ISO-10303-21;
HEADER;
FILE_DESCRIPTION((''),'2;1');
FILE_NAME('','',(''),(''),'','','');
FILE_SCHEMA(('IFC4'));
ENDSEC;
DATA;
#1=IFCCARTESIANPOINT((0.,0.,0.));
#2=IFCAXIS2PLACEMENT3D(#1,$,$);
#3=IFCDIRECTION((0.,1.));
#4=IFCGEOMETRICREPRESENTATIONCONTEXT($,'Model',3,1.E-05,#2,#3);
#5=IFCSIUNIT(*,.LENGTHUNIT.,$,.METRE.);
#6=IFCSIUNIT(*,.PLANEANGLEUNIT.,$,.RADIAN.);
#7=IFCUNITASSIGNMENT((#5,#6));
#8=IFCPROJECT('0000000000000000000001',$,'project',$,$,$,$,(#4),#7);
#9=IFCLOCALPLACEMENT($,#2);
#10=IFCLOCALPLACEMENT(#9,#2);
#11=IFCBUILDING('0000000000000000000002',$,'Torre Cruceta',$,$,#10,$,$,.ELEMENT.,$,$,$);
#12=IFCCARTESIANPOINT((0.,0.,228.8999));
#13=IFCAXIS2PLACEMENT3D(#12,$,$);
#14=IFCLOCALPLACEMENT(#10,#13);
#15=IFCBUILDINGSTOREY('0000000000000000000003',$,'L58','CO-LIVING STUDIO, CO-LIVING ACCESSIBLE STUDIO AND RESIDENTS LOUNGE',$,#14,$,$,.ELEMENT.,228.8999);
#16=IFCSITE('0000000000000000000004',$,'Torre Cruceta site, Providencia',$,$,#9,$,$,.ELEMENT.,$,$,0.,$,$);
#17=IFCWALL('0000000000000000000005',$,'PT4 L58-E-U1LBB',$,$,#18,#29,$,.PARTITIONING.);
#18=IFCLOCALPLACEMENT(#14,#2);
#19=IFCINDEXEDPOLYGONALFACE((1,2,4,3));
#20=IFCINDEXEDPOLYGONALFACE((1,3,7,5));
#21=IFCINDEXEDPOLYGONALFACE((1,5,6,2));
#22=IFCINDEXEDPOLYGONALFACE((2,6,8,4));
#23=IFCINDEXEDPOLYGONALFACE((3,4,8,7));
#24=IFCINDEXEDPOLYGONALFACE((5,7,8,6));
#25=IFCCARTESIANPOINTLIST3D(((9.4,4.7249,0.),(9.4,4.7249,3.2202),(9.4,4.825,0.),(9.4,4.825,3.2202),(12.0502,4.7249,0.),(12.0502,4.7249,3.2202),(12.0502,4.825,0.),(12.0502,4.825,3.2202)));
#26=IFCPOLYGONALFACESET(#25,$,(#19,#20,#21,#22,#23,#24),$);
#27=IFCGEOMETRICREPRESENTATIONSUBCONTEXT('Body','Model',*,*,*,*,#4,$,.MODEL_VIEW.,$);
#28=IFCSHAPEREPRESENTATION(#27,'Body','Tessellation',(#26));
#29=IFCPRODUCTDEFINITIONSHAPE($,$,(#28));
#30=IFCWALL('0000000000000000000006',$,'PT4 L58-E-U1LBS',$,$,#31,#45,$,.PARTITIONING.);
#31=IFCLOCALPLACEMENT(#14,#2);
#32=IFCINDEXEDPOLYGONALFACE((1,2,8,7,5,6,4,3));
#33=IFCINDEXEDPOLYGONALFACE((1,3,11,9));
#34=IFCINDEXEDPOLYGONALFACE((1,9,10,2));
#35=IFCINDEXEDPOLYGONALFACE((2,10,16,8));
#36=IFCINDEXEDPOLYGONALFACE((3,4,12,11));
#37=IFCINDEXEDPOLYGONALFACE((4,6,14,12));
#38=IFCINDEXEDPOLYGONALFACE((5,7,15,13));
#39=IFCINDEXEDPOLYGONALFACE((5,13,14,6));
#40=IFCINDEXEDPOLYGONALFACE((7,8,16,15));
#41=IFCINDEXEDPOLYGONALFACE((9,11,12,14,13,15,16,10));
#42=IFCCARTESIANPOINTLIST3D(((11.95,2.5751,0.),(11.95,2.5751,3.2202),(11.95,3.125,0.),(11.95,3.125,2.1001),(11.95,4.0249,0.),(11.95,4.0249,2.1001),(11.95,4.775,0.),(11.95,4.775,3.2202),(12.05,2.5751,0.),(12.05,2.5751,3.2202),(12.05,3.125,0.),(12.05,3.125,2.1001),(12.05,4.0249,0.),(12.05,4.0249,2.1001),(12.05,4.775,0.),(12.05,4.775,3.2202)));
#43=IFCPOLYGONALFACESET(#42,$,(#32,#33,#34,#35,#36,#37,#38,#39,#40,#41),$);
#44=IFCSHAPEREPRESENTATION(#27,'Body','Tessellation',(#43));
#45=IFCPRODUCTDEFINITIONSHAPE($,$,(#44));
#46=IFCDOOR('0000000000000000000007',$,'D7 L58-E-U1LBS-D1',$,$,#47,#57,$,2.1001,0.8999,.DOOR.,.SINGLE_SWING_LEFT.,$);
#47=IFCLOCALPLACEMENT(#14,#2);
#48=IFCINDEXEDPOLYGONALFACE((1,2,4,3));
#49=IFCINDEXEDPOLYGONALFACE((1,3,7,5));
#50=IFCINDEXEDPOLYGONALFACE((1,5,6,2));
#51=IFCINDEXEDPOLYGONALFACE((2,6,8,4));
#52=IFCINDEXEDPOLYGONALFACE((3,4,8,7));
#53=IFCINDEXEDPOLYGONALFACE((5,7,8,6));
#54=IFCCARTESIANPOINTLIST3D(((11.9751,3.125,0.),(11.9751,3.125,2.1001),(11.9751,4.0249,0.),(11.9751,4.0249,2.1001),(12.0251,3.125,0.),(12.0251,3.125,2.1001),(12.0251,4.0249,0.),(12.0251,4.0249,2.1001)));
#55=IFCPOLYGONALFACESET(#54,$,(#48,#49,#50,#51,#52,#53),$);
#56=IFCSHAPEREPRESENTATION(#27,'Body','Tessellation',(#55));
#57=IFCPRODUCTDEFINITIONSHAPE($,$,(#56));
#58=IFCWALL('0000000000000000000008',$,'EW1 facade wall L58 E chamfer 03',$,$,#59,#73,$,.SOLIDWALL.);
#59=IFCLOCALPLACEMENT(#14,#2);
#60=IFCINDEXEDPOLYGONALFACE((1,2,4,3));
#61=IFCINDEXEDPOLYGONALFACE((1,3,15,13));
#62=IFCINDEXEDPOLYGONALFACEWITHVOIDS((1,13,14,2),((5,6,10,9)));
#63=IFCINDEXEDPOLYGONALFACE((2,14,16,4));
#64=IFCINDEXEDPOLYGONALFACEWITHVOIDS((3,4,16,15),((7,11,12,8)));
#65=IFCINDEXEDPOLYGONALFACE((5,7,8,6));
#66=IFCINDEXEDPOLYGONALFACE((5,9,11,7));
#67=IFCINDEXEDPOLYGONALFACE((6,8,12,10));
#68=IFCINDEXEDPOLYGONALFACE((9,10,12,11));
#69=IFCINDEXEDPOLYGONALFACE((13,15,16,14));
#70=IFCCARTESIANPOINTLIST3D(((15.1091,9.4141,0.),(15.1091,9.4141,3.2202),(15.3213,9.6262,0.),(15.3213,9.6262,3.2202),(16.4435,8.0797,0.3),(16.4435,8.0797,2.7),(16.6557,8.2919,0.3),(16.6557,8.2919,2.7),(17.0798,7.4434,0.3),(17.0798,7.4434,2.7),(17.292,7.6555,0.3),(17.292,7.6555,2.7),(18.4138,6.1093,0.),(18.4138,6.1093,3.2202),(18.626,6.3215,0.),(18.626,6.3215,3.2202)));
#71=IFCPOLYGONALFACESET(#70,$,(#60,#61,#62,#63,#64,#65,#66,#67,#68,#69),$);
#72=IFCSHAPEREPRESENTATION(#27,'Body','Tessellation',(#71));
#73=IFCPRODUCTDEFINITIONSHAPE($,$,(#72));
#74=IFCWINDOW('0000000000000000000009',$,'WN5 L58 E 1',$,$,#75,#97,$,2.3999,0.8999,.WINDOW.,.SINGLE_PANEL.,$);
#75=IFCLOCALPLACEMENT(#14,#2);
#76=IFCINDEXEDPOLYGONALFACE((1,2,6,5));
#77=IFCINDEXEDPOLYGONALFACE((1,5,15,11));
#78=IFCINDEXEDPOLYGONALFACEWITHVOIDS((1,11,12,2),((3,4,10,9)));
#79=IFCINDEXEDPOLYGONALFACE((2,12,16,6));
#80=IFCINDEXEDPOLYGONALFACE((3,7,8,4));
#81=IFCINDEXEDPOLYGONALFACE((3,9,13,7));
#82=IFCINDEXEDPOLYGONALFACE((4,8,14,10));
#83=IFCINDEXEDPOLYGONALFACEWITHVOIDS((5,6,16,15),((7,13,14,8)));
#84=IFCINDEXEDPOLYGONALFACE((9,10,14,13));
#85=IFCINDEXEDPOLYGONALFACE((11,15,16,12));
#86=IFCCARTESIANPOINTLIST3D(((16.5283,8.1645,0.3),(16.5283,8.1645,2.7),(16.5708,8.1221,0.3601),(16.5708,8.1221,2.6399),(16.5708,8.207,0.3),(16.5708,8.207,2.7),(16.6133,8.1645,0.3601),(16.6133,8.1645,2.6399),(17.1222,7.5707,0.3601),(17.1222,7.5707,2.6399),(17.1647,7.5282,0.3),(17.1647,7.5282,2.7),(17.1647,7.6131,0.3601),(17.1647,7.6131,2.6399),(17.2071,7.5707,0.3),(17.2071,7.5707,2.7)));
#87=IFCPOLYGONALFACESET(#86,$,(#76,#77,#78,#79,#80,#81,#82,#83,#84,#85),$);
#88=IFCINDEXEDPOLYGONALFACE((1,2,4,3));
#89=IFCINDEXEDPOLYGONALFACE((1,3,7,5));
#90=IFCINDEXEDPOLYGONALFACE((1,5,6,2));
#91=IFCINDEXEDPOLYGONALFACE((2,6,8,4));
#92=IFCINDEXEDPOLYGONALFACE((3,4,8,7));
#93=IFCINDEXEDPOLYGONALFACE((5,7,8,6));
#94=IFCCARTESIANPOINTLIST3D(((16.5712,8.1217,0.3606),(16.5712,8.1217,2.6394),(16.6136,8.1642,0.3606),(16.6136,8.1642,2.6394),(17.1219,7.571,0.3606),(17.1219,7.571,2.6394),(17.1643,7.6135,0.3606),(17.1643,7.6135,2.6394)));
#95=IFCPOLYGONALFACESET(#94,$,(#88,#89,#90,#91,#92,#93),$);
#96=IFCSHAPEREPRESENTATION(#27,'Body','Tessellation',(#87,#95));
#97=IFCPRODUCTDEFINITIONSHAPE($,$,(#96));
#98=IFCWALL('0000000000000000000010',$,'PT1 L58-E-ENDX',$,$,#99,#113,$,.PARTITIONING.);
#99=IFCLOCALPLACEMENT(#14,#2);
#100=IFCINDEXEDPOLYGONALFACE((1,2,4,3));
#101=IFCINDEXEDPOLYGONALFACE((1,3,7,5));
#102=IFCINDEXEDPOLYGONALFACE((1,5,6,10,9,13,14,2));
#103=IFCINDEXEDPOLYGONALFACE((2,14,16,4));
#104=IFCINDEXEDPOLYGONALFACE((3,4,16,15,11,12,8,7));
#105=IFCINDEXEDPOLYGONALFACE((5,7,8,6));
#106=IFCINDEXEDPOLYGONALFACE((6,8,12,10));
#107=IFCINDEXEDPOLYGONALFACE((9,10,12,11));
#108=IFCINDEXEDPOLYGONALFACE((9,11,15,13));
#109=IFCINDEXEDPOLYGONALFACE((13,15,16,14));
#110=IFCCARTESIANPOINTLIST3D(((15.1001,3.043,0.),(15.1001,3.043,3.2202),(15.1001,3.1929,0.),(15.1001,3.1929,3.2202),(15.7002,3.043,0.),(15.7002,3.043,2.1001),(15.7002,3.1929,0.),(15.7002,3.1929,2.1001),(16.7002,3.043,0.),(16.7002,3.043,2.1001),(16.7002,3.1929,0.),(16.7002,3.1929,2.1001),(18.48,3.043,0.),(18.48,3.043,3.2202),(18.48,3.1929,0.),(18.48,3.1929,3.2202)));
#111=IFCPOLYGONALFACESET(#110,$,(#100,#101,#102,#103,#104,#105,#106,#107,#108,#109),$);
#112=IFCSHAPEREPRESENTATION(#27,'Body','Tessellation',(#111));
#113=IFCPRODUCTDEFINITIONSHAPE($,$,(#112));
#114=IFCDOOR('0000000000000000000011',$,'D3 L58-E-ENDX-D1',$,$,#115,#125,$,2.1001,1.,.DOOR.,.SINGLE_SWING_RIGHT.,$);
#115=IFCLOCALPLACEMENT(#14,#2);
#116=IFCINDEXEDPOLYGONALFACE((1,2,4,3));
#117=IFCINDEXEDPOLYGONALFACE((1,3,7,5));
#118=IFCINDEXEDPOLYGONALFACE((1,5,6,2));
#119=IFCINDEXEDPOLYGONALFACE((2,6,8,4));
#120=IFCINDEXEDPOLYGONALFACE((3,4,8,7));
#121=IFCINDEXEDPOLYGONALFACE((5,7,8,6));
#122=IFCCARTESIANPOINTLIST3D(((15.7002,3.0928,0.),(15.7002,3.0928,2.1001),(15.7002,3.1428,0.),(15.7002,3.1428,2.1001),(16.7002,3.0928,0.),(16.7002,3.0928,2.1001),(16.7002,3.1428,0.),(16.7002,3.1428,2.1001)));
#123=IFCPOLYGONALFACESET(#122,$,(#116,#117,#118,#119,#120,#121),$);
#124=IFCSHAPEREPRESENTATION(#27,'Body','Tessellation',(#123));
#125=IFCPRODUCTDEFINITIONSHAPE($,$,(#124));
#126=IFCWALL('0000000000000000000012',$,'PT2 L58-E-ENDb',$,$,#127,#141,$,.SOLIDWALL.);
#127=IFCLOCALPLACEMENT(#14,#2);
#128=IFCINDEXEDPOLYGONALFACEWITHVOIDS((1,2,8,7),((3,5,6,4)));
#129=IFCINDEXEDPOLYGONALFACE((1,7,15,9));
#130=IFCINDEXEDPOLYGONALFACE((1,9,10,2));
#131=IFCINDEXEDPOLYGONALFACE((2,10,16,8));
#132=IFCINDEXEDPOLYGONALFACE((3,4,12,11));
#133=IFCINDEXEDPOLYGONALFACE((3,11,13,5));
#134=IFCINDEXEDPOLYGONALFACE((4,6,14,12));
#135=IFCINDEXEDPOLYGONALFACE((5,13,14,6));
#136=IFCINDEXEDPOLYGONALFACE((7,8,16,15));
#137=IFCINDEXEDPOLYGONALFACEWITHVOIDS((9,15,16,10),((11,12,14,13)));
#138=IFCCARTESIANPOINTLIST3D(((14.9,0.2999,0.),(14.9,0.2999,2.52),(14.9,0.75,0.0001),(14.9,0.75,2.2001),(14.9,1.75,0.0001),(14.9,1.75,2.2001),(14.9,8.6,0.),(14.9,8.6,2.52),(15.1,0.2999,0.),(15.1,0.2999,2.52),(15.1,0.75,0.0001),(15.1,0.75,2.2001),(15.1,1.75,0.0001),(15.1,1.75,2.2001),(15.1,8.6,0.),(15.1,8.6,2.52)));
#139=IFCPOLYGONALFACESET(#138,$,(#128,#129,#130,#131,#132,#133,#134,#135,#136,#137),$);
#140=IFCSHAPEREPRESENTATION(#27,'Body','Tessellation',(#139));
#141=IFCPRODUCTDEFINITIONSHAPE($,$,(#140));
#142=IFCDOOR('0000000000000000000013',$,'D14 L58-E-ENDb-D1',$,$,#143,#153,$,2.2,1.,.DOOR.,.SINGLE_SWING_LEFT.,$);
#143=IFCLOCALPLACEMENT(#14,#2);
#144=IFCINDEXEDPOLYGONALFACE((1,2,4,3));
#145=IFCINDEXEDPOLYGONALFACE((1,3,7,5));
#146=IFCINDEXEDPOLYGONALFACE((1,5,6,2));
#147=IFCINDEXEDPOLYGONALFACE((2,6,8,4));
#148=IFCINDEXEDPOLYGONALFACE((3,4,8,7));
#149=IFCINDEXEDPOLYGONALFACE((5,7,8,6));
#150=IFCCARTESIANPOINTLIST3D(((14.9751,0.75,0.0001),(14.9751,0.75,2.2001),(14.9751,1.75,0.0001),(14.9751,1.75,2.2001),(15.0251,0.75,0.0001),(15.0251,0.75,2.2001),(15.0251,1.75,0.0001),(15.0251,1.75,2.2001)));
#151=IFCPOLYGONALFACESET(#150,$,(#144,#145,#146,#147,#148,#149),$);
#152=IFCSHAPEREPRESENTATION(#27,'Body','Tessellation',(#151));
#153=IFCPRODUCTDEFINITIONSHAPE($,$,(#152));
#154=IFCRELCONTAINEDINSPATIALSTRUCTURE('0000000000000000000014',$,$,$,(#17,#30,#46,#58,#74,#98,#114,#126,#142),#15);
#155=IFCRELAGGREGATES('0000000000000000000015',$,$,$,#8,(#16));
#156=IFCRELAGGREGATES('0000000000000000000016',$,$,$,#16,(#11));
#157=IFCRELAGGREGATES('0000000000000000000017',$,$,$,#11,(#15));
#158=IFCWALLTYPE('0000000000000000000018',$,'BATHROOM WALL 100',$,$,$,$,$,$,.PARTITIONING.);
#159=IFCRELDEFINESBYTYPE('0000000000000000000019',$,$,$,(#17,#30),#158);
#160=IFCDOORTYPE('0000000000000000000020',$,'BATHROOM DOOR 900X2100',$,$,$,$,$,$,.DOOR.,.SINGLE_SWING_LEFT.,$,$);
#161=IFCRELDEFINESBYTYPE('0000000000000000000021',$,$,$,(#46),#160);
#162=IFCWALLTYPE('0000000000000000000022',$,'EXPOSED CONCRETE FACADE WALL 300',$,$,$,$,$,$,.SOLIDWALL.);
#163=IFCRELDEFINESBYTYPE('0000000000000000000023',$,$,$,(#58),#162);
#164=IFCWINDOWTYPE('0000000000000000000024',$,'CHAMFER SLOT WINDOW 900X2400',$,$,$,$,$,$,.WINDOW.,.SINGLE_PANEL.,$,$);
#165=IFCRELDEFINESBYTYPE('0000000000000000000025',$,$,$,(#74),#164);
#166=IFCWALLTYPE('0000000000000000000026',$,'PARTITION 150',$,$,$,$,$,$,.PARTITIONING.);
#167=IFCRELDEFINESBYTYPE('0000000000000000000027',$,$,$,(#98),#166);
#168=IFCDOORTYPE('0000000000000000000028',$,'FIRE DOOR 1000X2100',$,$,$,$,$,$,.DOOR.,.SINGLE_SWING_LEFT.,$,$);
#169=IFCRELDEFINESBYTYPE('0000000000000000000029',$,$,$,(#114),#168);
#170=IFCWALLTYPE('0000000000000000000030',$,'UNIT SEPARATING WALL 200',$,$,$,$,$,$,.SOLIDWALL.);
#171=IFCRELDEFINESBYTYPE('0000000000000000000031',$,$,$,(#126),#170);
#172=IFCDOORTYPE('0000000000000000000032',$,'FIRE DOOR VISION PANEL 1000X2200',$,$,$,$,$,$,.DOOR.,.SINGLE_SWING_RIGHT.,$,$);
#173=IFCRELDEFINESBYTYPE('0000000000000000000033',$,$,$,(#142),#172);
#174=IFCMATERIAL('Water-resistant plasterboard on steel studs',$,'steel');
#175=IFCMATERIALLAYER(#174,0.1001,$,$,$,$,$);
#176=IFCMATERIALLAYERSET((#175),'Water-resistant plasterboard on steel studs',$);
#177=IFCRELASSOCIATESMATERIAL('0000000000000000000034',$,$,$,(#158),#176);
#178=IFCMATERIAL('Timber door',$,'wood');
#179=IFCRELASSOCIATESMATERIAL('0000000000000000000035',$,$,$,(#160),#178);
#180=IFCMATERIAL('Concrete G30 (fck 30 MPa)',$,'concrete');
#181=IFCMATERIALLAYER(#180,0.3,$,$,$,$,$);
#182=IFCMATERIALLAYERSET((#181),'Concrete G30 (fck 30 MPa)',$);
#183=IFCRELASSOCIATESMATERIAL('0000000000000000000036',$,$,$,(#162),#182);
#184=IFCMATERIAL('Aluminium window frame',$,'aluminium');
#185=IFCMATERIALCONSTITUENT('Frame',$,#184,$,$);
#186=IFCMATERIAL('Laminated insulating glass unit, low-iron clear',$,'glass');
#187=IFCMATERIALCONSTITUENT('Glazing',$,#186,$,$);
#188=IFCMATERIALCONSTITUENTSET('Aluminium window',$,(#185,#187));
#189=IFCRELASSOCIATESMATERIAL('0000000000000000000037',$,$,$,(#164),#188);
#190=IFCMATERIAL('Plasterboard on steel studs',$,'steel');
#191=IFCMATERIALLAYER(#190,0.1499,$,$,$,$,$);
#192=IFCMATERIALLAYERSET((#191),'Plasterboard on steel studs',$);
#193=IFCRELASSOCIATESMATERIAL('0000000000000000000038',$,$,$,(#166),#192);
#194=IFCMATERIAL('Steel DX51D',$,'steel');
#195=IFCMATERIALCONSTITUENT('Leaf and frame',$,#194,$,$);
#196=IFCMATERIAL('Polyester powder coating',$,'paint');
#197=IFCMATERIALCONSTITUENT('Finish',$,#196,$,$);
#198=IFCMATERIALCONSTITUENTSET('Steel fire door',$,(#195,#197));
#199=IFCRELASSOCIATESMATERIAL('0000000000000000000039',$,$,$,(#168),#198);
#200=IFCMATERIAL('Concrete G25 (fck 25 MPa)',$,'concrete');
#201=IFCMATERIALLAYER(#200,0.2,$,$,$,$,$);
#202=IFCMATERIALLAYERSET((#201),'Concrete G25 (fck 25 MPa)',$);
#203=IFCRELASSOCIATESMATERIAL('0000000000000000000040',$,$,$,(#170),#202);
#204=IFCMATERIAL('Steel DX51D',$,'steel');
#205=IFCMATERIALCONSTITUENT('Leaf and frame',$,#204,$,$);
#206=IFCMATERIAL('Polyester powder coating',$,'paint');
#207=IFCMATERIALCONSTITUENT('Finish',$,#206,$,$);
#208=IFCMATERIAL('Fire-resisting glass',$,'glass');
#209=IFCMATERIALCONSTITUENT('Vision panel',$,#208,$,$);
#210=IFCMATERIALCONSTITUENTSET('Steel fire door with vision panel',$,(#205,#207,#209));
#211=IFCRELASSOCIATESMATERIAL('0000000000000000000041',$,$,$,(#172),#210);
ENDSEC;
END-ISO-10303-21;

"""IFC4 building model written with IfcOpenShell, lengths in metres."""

from ifc_helpers import new_model, si_unit, direction, frame, frame_2d, origin, place, context, subcontext, project, spatial, rectangle, hollow_rectangle, extrude, material, layer, layer_set, constituent, constituent_set, type_object, element, fill, save


model = new_model("IFC4")

# Units and contexts
model_context = context("Model", 3, precision=1e-05, world=origin(), true_north=direction((0.0, 1.0)))
body_context = subcontext(model_context, "Body", "Model", "MODEL_VIEW")
ifc_project = project(units=[si_unit("LENGTHUNIT", "METRE"), si_unit("PLANEANGLEUNIT", "RADIAN")], contexts=[model_context])

# Site, building, storey
site_placement = place(None, origin())
site = spatial("IfcSite", under=ifc_project, at=site_placement, Name="Torre Cruceta site, Providencia", CompositionType="ELEMENT", RefElevation=0.0)
building_placement = place(site_placement, origin())
building = spatial("IfcBuilding", under=site, at=building_placement, Name="Torre Cruceta", CompositionType="ELEMENT")
storey_placement = place(building_placement, frame((0.0, 0.0, 228.8999)))
storey = spatial("IfcBuildingStorey", under=building, at=storey_placement, Name="L58", Description="CO-LIVING STUDIO, CO-LIVING ACCESSIBLE STUDIO AND RESIDENTS LOUNGE", CompositionType="ELEMENT", Elevation=228.8999)

# Wall
ifc_material_1 = material(Name="Water-resistant plasterboard on steel studs", Category="steel")
ifc_layer_1 = layer(ifc_material_1, 0.1001)
ifc_layer_set_1 = layer_set([ifc_layer_1], Name="Water-resistant plasterboard on steel studs")
wall_type_1 = type_object("IfcWallType", Name="BATHROOM WALL 100", PredefinedType="PARTITIONING", material=ifc_layer_set_1)
wall_1_placement = place(storey_placement, frame((9.3999, 4.7749, 0.0), z_axis=(0.0, 0.0, 1.0), x_axis=(1.0, 0.0, 0.0)))
element("IfcWall", 1, at=wall_1_placement, inside=storey, type_object=wall_type_1, Name="PT4 L58-E-U1LBB", PredefinedType="PARTITIONING", context=body_context, shape_type="SweptSolid", body=[
    extrude(rectangle(XDim=2.6501, YDim=0.1001, at=frame_2d((1.3252, 0.0))), origin(), (0.0, 0.0, 1.0), 3.2202),
])

# Wall, opening, door
wall_2_placement = place(storey_placement, frame((12.0, 2.575, 0.0), z_axis=(0.0, 0.0, 1.0), x_axis=(0.0, 1.0, 0.0)))
wall_2 = element("IfcWall", 2, at=wall_2_placement, inside=storey, type_object=wall_type_1, Name="PT4 L58-E-U1LBS", PredefinedType="PARTITIONING", context=body_context, shape_type="SweptSolid", body=[
    extrude(rectangle(XDim=2.2, YDim=0.1001, at=frame_2d((1.1001, 0.0))), origin(), (0.0, 0.0, 1.0), 3.2202),
])
opening_1_placement = place(wall_2_placement, frame((0.55, 0.0, 0.0)))
opening_1 = element("IfcOpeningElement", 3, at=opening_1_placement, cuts=wall_2, PredefinedType="OPENING", context=body_context, shape_type="SweptSolid", body=[
    extrude(rectangle(XDim=0.8999, YDim=2.1001, at=frame_2d((0.45, 1.05))), frame((0.0, 0.0601, 0.0), z_axis=(0.0, -1.0, 0.0), x_axis=(1.0, 0.0, 0.0)), (0.0, 0.0, 1.0), 0.1201),
])
ifc_material_2 = material(Name="Timber door", Category="wood")
door_type_1 = type_object("IfcDoorType", Name="BATHROOM DOOR 900X2100", OperationType="SINGLE_SWING_LEFT", PredefinedType="DOOR", material=ifc_material_2)
door_1_placement = place(opening_1_placement, origin())
door_1 = element("IfcDoor", 4, at=door_1_placement, inside=storey, type_object=door_type_1, Name="D7 L58-E-U1LBS-D1", OperationType="SINGLE_SWING_LEFT", OverallHeight=2.1001, OverallWidth=0.8999, PredefinedType="DOOR", context=body_context, shape_type="SweptSolid", body=[
    extrude(rectangle(XDim=0.8999, YDim=2.1001, at=frame_2d((0.45, 1.05))), frame((0.0, 0.0249, 0.0), z_axis=(0.0, -1.0, 0.0), x_axis=(1.0, 0.0, 0.0)), (0.0, 0.0, 1.0), 0.05),
])
fill(opening_1, door_1)

# Wall, opening, window
ifc_material_3 = material(Name="Concrete G30 (fck 30 MPa)", Category="concrete")
ifc_layer_2 = layer(ifc_material_3, 0.3)
ifc_layer_set_2 = layer_set([ifc_layer_2], Name="Concrete G30 (fck 30 MPa)")
wall_type_2 = type_object("IfcWallType", Name="EXPOSED CONCRETE FACADE WALL 300", PredefinedType="SOLIDWALL", material=ifc_layer_set_2)
wall_3_placement = place(storey_placement, frame((18.52, 6.2153, 0.0), z_axis=(0.0, 0.0, 1.0), x_axis=(-0.707107, 0.707107, 0.0)))
wall_3 = element("IfcWall", 5, at=wall_3_placement, inside=storey, type_object=wall_type_2, Name="EW1 facade wall L58 E chamfer 03", PredefinedType="SOLIDWALL", context=body_context, shape_type="SweptSolid", body=[
    extrude(rectangle(XDim=4.6736, YDim=0.3, at=frame_2d((2.3369, 0.0))), origin(), (0.0, 0.0, 1.0), 3.2202),
])
opening_2_placement = place(wall_3_placement, frame((1.8867, 0.0, 0.3)))
opening_2 = element("IfcOpeningElement", 6, at=opening_2_placement, cuts=wall_3, PredefinedType="OPENING", context=body_context, shape_type="SweptSolid", body=[
    extrude(rectangle(XDim=0.8999, YDim=2.3999, at=frame_2d((0.45, 1.2))), frame((0.0, 0.1599, 0.0), z_axis=(0.0, -1.0, 0.0), x_axis=(1.0, 0.0, 0.0)), (0.0, 0.0, 1.0), 0.3201),
])
ifc_material_4 = material(Name="Aluminium window frame", Category="aluminium")
ifc_constituent_1 = constituent(ifc_material_4, Name="Frame")
ifc_material_5 = material(Name="Laminated insulating glass unit, low-iron clear", Category="glass")
ifc_constituent_2 = constituent(ifc_material_5, Name="Glazing")
ifc_constituent_set_1 = constituent_set(constituents=[ifc_constituent_1, ifc_constituent_2], Name="Aluminium window")
window_type = type_object("IfcWindowType", Name="CHAMFER SLOT WINDOW 900X2400", PartitioningType="SINGLE_PANEL", PredefinedType="WINDOW", material=ifc_constituent_set_1)
window_placement = place(opening_2_placement, origin())
window = element("IfcWindow", 7, at=window_placement, inside=storey, type_object=window_type, Name="WN5 L58 E 1", OverallHeight=2.3999, OverallWidth=0.8999, PartitioningType="SINGLE_PANEL", PredefinedType="WINDOW", context=body_context, shape_type="SweptSolid", body=[
    extrude(hollow_rectangle(XDim=0.8999, YDim=2.3999, WallThickness=0.0601, at=frame_2d((0.45, 1.2))), frame((0.0, 0.03, 0.0), z_axis=(0.0, -1.0, 0.0), x_axis=(1.0, 0.0, 0.0)), (0.0, 0.0, 1.0), 0.0601),
    extrude(rectangle(XDim=0.7788, YDim=2.2788, at=frame_2d((0.45, 1.2))), frame((0.0, 0.03, 0.0), z_axis=(0.0, -1.0, 0.0), x_axis=(1.0, 0.0, 0.0)), (0.0, 0.0, 1.0), 0.0601),
])
fill(opening_2, window)

# Walls, openings, doors
ifc_material_6 = material(Name="Plasterboard on steel studs", Category="steel")
ifc_layer_3 = layer(ifc_material_6, 0.1499)
ifc_layer_set_3 = layer_set([ifc_layer_3], Name="Plasterboard on steel studs")
wall_type_3 = type_object("IfcWallType", Name="PARTITION 150", PredefinedType="PARTITIONING", material=ifc_layer_set_3)
wall_4_placement = place(storey_placement, frame((15.1001, 3.1179, 0.0), z_axis=(0.0, 0.0, 1.0), x_axis=(1.0, 0.0, 0.0)))
wall_4 = element("IfcWall", 8, at=wall_4_placement, inside=storey, type_object=wall_type_3, Name="PT1 L58-E-ENDX", PredefinedType="PARTITIONING", context=body_context, shape_type="SweptSolid", body=[
    extrude(rectangle(XDim=3.3799, YDim=0.1499, at=frame_2d((1.6899, 0.0))), origin(), (0.0, 0.0, 1.0), 3.2202),
])
opening_3_placement = place(wall_4_placement, frame((0.6001, 0.0, 0.0)))
opening_3 = element("IfcOpeningElement", 9, at=opening_3_placement, cuts=wall_4, PredefinedType="OPENING", context=body_context, shape_type="SweptSolid", body=[
    extrude(rectangle(XDim=1.0, YDim=2.1001, at=frame_2d((0.5, 1.05))), frame((0.0, 0.085, 0.0), z_axis=(0.0, -1.0, 0.0), x_axis=(1.0, 0.0, 0.0)), (0.0, 0.0, 1.0), 0.1699),
])
ifc_material_7 = material(Name="Steel DX51D", Category="steel")
ifc_constituent_3 = constituent(ifc_material_7, Name="Leaf and frame")
ifc_material_8 = material(Name="Polyester powder coating", Category="paint")
ifc_constituent_4 = constituent(ifc_material_8, Name="Finish")
ifc_constituent_set_2 = constituent_set(constituents=[ifc_constituent_3, ifc_constituent_4], Name="Steel fire door")
door_type_2 = type_object("IfcDoorType", Name="FIRE DOOR 1000X2100", OperationType="SINGLE_SWING_LEFT", PredefinedType="DOOR", material=ifc_constituent_set_2)
door_2_placement = place(opening_3_placement, frame((1.0, 0.0, 0.0), z_axis=(0.0, 0.0, 1.0), x_axis=(-1.0, 0.0, 0.0)))
door_2 = element("IfcDoor", 10, at=door_2_placement, inside=storey, type_object=door_type_2, Name="D3 L58-E-ENDX-D1", OperationType="SINGLE_SWING_RIGHT", OverallHeight=2.1001, OverallWidth=1.0, PredefinedType="DOOR", context=body_context, shape_type="SweptSolid", body=[
    extrude(rectangle(XDim=1.0, YDim=2.1001, at=frame_2d((0.5, 1.05))), frame((0.0, 0.0251, 0.0), z_axis=(0.0, -1.0, 0.0), x_axis=(1.0, 0.0, 0.0)), (0.0, 0.0, 1.0), 0.05),
])
fill(opening_3, door_2)
ifc_material_9 = material(Name="Concrete G25 (fck 25 MPa)", Category="concrete")
ifc_layer_4 = layer(ifc_material_9, 0.2)
ifc_layer_set_4 = layer_set([ifc_layer_4], Name="Concrete G25 (fck 25 MPa)")
wall_type_4 = type_object("IfcWallType", Name="UNIT SEPARATING WALL 200", PredefinedType="SOLIDWALL", material=ifc_layer_set_4)
wall_5_placement = place(storey_placement, frame((15.0, 0.3, 0.0), z_axis=(0.0, 0.0, 1.0), x_axis=(0.0, 1.0, 0.0)))
wall_5 = element("IfcWall", 11, at=wall_5_placement, inside=storey, type_object=wall_type_4, Name="PT2 L58-E-ENDb", PredefinedType="SOLIDWALL", context=body_context, shape_type="SweptSolid", body=[
    extrude(rectangle(XDim=8.3, YDim=0.2, at=frame_2d((4.1499, 0.0))), origin(), (0.0, 0.0, 1.0), 2.52),
])
opening_4_placement = place(wall_5_placement, frame((0.45, 0.0, 0.0)))
opening_4 = element("IfcOpeningElement", 12, at=opening_4_placement, cuts=wall_5, PredefinedType="OPENING", context=body_context, shape_type="SweptSolid", body=[
    extrude(rectangle(XDim=1.0, YDim=2.2, at=frame_2d((0.5, 1.1001))), frame((0.0, 0.1099, 0.0), z_axis=(0.0, -1.0, 0.0), x_axis=(1.0, 0.0, 0.0)), (0.0, 0.0, 1.0), 0.22),
])
ifc_material_10 = material(Name="Steel DX51D", Category="steel")
ifc_constituent_5 = constituent(ifc_material_10, Name="Leaf and frame")
ifc_material_11 = material(Name="Polyester powder coating", Category="paint")
ifc_constituent_6 = constituent(ifc_material_11, Name="Finish")
ifc_material_12 = material(Name="Fire-resisting glass", Category="glass")
ifc_constituent_7 = constituent(ifc_material_12, Name="Vision panel")
ifc_constituent_set_3 = constituent_set(constituents=[ifc_constituent_5, ifc_constituent_6, ifc_constituent_7], Name="Steel fire door with vision panel")
door_type_3 = type_object("IfcDoorType", Name="FIRE DOOR VISION PANEL 1000X2200", OperationType="SINGLE_SWING_RIGHT", PredefinedType="DOOR", material=ifc_constituent_set_3)
door_3_placement = place(opening_4_placement, frame((1.0, 0.0, 0.0), z_axis=(0.0, 0.0, 1.0), x_axis=(-1.0, 0.0, 0.0)))
door_3 = element("IfcDoor", 13, at=door_3_placement, inside=storey, type_object=door_type_3, Name="D14 L58-E-ENDb-D1", OperationType="SINGLE_SWING_LEFT", OverallHeight=2.2, OverallWidth=1.0, PredefinedType="DOOR", context=body_context, shape_type="SweptSolid", body=[
    extrude(rectangle(XDim=1.0, YDim=2.2, at=frame_2d((0.5, 1.1001))), frame((0.0, 0.0251, 0.0), z_axis=(0.0, -1.0, 0.0), x_axis=(1.0, 0.0, 0.0)), (0.0, 0.0, 1.0), 0.05),
])
fill(opening_4, door_3)

save(model, "model.ifc")
